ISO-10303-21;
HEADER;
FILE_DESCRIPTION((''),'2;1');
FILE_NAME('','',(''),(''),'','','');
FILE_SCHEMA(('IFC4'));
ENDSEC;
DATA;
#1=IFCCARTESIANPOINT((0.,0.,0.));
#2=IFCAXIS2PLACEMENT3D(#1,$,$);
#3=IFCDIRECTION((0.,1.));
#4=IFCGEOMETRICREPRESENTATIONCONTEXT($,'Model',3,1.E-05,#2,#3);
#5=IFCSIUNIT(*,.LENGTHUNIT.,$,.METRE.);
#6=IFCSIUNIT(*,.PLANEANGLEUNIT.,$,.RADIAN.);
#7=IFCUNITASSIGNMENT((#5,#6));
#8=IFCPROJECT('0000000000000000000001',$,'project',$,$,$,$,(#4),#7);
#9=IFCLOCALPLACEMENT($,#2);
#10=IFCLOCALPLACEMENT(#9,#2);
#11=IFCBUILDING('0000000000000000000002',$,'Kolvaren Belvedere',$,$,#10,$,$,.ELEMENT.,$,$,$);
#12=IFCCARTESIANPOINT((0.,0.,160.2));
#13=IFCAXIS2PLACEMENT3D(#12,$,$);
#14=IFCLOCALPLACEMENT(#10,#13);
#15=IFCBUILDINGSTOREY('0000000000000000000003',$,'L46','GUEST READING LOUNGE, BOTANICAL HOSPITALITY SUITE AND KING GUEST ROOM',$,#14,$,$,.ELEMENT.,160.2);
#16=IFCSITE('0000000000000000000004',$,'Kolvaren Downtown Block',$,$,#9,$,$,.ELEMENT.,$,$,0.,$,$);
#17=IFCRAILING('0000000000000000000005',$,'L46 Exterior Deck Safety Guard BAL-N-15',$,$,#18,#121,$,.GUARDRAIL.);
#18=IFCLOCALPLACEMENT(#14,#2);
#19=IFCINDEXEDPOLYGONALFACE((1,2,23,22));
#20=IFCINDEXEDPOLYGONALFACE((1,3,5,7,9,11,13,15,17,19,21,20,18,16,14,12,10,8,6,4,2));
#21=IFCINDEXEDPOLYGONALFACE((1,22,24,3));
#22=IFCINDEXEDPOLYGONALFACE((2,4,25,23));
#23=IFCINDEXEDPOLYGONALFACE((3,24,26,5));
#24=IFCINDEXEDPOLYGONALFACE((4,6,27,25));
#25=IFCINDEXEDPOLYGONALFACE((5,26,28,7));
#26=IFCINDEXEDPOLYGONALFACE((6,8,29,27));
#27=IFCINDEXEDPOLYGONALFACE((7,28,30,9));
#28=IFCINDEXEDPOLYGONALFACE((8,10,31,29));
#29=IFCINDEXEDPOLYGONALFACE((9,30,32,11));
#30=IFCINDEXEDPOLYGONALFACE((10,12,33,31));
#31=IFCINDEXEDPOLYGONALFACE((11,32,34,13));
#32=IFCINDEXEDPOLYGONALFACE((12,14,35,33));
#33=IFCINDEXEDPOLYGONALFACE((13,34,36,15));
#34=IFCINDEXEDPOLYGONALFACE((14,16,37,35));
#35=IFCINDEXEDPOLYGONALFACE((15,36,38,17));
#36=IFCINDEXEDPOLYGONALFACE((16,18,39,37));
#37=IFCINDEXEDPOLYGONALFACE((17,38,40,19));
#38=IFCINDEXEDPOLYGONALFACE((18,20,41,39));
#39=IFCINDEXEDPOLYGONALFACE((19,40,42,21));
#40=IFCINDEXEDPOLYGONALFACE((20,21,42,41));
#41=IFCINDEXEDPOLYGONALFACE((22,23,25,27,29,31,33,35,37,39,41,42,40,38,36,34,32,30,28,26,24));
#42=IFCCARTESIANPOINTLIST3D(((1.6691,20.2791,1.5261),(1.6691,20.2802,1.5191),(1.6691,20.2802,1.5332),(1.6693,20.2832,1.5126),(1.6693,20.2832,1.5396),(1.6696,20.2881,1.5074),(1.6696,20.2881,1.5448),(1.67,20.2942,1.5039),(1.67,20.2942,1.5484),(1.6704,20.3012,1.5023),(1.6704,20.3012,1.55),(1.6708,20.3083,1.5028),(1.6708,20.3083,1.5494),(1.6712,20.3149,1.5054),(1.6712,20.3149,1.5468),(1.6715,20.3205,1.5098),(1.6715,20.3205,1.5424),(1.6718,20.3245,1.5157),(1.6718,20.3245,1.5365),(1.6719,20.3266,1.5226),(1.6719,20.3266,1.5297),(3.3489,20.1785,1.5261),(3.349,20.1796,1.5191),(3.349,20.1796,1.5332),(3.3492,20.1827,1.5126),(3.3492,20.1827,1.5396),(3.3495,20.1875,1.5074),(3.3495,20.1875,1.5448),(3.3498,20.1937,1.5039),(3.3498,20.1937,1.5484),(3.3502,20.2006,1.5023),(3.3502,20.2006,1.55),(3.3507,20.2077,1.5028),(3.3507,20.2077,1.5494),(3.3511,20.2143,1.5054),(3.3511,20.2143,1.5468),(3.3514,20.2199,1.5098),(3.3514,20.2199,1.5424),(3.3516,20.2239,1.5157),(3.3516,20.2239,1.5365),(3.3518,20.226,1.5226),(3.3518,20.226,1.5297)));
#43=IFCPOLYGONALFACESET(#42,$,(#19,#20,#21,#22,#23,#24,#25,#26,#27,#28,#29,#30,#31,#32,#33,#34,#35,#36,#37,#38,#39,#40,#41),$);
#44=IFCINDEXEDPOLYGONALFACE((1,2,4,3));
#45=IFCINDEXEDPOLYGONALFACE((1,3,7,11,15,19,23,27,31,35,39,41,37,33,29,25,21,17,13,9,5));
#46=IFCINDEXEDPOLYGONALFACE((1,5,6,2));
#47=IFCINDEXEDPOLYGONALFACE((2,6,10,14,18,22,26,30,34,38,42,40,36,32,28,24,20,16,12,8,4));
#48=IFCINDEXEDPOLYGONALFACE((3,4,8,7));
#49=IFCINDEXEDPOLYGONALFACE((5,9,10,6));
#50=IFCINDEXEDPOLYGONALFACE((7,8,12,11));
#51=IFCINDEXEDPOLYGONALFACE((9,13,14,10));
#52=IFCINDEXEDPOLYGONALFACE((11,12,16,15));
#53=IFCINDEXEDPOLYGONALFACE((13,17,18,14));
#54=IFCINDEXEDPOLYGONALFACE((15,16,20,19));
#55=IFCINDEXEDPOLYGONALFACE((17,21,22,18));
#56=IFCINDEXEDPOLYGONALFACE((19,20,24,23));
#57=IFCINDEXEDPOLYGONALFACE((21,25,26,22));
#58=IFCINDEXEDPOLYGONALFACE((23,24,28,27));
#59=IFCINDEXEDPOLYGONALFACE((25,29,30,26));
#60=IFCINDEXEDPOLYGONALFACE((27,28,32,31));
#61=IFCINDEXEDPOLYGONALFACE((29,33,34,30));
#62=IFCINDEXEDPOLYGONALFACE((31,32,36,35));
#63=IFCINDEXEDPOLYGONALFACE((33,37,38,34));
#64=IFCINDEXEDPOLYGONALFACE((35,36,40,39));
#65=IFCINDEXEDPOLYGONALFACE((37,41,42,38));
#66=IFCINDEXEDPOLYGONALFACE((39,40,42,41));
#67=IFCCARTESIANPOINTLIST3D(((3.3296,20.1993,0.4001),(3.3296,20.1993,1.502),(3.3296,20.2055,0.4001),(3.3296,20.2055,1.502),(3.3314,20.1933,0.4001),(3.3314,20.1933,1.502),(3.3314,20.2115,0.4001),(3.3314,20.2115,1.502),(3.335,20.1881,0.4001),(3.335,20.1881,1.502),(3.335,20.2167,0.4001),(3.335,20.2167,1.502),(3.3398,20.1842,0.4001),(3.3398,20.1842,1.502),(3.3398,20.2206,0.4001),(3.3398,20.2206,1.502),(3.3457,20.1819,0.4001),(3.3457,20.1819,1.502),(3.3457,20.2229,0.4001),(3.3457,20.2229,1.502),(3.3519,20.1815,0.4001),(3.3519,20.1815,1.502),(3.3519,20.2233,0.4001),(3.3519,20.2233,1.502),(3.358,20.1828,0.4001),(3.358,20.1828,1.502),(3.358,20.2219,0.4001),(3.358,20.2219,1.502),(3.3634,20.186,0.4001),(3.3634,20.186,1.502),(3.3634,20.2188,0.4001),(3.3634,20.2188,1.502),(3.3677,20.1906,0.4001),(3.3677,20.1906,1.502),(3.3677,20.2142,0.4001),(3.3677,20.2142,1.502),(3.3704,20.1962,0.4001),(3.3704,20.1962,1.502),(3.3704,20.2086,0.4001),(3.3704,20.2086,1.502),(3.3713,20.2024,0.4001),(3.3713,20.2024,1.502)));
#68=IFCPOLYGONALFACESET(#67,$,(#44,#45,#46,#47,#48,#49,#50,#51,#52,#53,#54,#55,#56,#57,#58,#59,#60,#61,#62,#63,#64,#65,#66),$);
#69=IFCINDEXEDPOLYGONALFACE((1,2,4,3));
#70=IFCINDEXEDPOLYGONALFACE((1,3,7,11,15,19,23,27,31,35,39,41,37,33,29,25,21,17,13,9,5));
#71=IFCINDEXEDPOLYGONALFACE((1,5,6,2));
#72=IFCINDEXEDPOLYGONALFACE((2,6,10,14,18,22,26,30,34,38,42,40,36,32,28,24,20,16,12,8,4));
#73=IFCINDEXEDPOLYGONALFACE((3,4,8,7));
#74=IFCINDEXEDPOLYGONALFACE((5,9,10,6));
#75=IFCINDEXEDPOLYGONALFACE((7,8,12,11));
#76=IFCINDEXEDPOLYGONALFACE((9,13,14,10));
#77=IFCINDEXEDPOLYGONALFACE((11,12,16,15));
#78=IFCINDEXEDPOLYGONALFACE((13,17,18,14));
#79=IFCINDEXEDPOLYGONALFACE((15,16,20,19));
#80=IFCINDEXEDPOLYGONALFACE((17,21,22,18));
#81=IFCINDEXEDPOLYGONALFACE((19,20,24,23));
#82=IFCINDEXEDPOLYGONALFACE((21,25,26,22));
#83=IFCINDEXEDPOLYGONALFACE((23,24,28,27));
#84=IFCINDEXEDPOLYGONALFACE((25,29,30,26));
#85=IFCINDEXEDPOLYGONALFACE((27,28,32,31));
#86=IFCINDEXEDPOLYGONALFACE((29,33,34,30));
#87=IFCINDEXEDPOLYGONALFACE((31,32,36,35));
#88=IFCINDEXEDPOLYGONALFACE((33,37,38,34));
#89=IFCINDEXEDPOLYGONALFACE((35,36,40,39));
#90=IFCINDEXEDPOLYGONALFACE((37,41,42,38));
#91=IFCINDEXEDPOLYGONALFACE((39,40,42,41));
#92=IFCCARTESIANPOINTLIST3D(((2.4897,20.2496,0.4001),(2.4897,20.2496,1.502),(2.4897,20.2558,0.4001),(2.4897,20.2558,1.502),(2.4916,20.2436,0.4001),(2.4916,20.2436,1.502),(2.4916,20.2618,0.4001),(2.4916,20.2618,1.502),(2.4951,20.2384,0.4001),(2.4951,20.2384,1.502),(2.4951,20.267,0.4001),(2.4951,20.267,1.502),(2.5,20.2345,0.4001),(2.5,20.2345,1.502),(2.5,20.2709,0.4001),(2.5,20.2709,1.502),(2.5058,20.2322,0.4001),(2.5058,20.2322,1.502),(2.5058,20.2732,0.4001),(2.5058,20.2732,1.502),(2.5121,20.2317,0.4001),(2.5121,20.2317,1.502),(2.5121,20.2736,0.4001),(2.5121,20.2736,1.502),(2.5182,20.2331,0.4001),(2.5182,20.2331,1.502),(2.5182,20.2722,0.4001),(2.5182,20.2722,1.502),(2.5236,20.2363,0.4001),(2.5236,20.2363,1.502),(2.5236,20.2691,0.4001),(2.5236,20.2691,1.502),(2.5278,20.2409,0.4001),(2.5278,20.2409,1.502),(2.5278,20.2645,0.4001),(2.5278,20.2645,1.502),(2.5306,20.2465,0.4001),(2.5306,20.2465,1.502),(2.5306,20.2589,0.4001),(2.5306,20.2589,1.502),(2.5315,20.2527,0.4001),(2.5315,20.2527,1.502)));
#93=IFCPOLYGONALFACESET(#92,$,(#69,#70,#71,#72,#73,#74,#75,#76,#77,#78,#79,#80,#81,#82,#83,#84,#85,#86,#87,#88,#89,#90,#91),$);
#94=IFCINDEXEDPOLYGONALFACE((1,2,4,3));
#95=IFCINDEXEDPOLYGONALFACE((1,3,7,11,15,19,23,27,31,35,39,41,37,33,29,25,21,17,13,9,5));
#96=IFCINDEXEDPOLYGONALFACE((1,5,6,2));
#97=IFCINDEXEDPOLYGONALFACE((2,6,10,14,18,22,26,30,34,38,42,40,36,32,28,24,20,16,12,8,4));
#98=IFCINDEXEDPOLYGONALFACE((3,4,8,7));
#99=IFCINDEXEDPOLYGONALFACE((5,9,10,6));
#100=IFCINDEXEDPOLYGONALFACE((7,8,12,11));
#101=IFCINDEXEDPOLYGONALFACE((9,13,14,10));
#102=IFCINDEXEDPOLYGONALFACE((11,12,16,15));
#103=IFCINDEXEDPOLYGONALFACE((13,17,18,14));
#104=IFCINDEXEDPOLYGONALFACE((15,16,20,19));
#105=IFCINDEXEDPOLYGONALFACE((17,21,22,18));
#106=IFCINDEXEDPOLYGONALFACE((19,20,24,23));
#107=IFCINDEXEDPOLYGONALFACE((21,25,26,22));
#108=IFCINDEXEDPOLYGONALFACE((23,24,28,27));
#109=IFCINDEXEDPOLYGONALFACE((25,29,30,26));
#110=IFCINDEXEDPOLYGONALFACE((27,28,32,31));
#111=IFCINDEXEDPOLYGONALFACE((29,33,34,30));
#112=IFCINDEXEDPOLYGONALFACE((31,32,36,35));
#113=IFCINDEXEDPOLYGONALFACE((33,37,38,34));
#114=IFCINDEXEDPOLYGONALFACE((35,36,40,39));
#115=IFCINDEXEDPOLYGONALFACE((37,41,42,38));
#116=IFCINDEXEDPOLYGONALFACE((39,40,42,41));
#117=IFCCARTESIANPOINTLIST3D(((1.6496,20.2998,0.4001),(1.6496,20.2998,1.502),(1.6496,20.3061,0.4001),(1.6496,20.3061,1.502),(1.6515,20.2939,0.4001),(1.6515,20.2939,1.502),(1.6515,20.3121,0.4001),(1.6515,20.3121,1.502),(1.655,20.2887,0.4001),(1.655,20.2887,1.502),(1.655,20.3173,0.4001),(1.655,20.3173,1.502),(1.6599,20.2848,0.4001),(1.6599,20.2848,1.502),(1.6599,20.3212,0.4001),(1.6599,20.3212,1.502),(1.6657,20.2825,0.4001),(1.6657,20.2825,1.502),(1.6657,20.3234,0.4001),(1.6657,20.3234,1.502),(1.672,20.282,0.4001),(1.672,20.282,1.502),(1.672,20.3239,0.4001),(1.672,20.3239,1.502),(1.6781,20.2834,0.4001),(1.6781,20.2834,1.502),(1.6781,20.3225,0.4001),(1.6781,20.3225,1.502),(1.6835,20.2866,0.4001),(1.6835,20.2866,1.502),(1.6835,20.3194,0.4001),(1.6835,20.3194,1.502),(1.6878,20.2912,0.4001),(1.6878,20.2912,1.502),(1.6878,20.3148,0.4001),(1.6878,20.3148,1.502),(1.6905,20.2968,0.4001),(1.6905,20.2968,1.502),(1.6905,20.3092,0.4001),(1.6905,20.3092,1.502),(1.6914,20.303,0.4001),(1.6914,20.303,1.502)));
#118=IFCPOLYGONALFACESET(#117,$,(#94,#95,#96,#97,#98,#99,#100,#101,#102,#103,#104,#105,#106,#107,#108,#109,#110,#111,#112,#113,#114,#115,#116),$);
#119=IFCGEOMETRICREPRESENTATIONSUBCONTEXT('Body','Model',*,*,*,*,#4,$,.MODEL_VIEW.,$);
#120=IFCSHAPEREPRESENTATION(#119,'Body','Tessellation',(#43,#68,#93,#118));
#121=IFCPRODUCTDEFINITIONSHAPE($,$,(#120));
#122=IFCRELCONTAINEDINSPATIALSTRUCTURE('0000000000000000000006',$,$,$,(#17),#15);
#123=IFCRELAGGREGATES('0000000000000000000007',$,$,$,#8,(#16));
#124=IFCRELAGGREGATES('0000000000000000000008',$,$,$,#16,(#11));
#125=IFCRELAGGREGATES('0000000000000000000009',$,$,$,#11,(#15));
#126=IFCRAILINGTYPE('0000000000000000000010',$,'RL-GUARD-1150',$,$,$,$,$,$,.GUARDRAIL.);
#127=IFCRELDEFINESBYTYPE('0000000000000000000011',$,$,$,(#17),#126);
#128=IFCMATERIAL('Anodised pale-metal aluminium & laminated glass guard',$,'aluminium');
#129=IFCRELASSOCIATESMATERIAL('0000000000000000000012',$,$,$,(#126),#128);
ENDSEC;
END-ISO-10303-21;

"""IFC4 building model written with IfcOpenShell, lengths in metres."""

from ifc_helpers import new_model, si_unit, direction, frame, origin, origin_2d, place, context, subcontext, project, spatial, circle, extrude, material, type_object, element, save


model = new_model("IFC4")

# Units and contexts
model_context = context("Model", 3, precision=1e-05, world=origin(), true_north=direction((0.0, 1.0)))
body_context = subcontext(model_context, "Body", "Model", "MODEL_VIEW")
ifc_project = project(units=[si_unit("LENGTHUNIT", "METRE"), si_unit("PLANEANGLEUNIT", "RADIAN")], contexts=[model_context])

# Site, building, storey
site_placement = place(None, origin())
site = spatial("IfcSite", under=ifc_project, at=site_placement, Name="Kolvaren Downtown Block", CompositionType="ELEMENT", RefElevation=0.0)
building_placement = place(site_placement, origin())
building = spatial("IfcBuilding", under=site, at=building_placement, Name="Kolvaren Belvedere", CompositionType="ELEMENT")
storey_placement = place(building_placement, frame((0.0, 0.0, 160.2)))
storey = spatial("IfcBuildingStorey", under=building, at=storey_placement, Name="L46", Description="GUEST READING LOUNGE, BOTANICAL HOSPITALITY SUITE AND KING GUEST ROOM", CompositionType="ELEMENT", Elevation=160.2)

# Railing
ifc_material_1 = material(Name="Anodised pale-metal aluminium & laminated glass guard", Category="aluminium")
railing_type = type_object("IfcRailingType", Name="RL-GUARD-1150", PredefinedType="GUARDRAIL", material=ifc_material_1)
railing_1_placement = place(storey_placement, frame((3.3503, 20.2024, 0.4001)))
element("IfcRailing", 1, at=railing_1_placement, inside=storey, type_object=railing_type, Name="L46 Exterior Deck Safety Guard BAL-N-15", PredefinedType="GUARDRAIL", context=body_context, shape_type="SweptSolid", body=[
    extrude(circle(Radius=0.0239, at=origin_2d()), frame((0.0, 0.0, 1.126), z_axis=(-0.998212, 0.059768, 0.0), x_axis=(-0.059768, -0.998212, 0.0)), (0.0, 0.0, 1.0), 1.6829),
    extrude(circle(Radius=0.021, at=origin_2d()), origin(), (0.0, 0.0, 1.0), 1.1018),
    extrude(circle(Radius=0.021, at=origin_2d()), frame((-0.8398, 0.0503, 0.0)), (0.0, 0.0, 1.0), 1.1018),
    extrude(circle(Radius=0.021, at=origin_2d()), frame((-1.6799, 0.1006, 0.0)), (0.0, 0.0, 1.0), 1.1018),
])

save(model, "model.ifc")
